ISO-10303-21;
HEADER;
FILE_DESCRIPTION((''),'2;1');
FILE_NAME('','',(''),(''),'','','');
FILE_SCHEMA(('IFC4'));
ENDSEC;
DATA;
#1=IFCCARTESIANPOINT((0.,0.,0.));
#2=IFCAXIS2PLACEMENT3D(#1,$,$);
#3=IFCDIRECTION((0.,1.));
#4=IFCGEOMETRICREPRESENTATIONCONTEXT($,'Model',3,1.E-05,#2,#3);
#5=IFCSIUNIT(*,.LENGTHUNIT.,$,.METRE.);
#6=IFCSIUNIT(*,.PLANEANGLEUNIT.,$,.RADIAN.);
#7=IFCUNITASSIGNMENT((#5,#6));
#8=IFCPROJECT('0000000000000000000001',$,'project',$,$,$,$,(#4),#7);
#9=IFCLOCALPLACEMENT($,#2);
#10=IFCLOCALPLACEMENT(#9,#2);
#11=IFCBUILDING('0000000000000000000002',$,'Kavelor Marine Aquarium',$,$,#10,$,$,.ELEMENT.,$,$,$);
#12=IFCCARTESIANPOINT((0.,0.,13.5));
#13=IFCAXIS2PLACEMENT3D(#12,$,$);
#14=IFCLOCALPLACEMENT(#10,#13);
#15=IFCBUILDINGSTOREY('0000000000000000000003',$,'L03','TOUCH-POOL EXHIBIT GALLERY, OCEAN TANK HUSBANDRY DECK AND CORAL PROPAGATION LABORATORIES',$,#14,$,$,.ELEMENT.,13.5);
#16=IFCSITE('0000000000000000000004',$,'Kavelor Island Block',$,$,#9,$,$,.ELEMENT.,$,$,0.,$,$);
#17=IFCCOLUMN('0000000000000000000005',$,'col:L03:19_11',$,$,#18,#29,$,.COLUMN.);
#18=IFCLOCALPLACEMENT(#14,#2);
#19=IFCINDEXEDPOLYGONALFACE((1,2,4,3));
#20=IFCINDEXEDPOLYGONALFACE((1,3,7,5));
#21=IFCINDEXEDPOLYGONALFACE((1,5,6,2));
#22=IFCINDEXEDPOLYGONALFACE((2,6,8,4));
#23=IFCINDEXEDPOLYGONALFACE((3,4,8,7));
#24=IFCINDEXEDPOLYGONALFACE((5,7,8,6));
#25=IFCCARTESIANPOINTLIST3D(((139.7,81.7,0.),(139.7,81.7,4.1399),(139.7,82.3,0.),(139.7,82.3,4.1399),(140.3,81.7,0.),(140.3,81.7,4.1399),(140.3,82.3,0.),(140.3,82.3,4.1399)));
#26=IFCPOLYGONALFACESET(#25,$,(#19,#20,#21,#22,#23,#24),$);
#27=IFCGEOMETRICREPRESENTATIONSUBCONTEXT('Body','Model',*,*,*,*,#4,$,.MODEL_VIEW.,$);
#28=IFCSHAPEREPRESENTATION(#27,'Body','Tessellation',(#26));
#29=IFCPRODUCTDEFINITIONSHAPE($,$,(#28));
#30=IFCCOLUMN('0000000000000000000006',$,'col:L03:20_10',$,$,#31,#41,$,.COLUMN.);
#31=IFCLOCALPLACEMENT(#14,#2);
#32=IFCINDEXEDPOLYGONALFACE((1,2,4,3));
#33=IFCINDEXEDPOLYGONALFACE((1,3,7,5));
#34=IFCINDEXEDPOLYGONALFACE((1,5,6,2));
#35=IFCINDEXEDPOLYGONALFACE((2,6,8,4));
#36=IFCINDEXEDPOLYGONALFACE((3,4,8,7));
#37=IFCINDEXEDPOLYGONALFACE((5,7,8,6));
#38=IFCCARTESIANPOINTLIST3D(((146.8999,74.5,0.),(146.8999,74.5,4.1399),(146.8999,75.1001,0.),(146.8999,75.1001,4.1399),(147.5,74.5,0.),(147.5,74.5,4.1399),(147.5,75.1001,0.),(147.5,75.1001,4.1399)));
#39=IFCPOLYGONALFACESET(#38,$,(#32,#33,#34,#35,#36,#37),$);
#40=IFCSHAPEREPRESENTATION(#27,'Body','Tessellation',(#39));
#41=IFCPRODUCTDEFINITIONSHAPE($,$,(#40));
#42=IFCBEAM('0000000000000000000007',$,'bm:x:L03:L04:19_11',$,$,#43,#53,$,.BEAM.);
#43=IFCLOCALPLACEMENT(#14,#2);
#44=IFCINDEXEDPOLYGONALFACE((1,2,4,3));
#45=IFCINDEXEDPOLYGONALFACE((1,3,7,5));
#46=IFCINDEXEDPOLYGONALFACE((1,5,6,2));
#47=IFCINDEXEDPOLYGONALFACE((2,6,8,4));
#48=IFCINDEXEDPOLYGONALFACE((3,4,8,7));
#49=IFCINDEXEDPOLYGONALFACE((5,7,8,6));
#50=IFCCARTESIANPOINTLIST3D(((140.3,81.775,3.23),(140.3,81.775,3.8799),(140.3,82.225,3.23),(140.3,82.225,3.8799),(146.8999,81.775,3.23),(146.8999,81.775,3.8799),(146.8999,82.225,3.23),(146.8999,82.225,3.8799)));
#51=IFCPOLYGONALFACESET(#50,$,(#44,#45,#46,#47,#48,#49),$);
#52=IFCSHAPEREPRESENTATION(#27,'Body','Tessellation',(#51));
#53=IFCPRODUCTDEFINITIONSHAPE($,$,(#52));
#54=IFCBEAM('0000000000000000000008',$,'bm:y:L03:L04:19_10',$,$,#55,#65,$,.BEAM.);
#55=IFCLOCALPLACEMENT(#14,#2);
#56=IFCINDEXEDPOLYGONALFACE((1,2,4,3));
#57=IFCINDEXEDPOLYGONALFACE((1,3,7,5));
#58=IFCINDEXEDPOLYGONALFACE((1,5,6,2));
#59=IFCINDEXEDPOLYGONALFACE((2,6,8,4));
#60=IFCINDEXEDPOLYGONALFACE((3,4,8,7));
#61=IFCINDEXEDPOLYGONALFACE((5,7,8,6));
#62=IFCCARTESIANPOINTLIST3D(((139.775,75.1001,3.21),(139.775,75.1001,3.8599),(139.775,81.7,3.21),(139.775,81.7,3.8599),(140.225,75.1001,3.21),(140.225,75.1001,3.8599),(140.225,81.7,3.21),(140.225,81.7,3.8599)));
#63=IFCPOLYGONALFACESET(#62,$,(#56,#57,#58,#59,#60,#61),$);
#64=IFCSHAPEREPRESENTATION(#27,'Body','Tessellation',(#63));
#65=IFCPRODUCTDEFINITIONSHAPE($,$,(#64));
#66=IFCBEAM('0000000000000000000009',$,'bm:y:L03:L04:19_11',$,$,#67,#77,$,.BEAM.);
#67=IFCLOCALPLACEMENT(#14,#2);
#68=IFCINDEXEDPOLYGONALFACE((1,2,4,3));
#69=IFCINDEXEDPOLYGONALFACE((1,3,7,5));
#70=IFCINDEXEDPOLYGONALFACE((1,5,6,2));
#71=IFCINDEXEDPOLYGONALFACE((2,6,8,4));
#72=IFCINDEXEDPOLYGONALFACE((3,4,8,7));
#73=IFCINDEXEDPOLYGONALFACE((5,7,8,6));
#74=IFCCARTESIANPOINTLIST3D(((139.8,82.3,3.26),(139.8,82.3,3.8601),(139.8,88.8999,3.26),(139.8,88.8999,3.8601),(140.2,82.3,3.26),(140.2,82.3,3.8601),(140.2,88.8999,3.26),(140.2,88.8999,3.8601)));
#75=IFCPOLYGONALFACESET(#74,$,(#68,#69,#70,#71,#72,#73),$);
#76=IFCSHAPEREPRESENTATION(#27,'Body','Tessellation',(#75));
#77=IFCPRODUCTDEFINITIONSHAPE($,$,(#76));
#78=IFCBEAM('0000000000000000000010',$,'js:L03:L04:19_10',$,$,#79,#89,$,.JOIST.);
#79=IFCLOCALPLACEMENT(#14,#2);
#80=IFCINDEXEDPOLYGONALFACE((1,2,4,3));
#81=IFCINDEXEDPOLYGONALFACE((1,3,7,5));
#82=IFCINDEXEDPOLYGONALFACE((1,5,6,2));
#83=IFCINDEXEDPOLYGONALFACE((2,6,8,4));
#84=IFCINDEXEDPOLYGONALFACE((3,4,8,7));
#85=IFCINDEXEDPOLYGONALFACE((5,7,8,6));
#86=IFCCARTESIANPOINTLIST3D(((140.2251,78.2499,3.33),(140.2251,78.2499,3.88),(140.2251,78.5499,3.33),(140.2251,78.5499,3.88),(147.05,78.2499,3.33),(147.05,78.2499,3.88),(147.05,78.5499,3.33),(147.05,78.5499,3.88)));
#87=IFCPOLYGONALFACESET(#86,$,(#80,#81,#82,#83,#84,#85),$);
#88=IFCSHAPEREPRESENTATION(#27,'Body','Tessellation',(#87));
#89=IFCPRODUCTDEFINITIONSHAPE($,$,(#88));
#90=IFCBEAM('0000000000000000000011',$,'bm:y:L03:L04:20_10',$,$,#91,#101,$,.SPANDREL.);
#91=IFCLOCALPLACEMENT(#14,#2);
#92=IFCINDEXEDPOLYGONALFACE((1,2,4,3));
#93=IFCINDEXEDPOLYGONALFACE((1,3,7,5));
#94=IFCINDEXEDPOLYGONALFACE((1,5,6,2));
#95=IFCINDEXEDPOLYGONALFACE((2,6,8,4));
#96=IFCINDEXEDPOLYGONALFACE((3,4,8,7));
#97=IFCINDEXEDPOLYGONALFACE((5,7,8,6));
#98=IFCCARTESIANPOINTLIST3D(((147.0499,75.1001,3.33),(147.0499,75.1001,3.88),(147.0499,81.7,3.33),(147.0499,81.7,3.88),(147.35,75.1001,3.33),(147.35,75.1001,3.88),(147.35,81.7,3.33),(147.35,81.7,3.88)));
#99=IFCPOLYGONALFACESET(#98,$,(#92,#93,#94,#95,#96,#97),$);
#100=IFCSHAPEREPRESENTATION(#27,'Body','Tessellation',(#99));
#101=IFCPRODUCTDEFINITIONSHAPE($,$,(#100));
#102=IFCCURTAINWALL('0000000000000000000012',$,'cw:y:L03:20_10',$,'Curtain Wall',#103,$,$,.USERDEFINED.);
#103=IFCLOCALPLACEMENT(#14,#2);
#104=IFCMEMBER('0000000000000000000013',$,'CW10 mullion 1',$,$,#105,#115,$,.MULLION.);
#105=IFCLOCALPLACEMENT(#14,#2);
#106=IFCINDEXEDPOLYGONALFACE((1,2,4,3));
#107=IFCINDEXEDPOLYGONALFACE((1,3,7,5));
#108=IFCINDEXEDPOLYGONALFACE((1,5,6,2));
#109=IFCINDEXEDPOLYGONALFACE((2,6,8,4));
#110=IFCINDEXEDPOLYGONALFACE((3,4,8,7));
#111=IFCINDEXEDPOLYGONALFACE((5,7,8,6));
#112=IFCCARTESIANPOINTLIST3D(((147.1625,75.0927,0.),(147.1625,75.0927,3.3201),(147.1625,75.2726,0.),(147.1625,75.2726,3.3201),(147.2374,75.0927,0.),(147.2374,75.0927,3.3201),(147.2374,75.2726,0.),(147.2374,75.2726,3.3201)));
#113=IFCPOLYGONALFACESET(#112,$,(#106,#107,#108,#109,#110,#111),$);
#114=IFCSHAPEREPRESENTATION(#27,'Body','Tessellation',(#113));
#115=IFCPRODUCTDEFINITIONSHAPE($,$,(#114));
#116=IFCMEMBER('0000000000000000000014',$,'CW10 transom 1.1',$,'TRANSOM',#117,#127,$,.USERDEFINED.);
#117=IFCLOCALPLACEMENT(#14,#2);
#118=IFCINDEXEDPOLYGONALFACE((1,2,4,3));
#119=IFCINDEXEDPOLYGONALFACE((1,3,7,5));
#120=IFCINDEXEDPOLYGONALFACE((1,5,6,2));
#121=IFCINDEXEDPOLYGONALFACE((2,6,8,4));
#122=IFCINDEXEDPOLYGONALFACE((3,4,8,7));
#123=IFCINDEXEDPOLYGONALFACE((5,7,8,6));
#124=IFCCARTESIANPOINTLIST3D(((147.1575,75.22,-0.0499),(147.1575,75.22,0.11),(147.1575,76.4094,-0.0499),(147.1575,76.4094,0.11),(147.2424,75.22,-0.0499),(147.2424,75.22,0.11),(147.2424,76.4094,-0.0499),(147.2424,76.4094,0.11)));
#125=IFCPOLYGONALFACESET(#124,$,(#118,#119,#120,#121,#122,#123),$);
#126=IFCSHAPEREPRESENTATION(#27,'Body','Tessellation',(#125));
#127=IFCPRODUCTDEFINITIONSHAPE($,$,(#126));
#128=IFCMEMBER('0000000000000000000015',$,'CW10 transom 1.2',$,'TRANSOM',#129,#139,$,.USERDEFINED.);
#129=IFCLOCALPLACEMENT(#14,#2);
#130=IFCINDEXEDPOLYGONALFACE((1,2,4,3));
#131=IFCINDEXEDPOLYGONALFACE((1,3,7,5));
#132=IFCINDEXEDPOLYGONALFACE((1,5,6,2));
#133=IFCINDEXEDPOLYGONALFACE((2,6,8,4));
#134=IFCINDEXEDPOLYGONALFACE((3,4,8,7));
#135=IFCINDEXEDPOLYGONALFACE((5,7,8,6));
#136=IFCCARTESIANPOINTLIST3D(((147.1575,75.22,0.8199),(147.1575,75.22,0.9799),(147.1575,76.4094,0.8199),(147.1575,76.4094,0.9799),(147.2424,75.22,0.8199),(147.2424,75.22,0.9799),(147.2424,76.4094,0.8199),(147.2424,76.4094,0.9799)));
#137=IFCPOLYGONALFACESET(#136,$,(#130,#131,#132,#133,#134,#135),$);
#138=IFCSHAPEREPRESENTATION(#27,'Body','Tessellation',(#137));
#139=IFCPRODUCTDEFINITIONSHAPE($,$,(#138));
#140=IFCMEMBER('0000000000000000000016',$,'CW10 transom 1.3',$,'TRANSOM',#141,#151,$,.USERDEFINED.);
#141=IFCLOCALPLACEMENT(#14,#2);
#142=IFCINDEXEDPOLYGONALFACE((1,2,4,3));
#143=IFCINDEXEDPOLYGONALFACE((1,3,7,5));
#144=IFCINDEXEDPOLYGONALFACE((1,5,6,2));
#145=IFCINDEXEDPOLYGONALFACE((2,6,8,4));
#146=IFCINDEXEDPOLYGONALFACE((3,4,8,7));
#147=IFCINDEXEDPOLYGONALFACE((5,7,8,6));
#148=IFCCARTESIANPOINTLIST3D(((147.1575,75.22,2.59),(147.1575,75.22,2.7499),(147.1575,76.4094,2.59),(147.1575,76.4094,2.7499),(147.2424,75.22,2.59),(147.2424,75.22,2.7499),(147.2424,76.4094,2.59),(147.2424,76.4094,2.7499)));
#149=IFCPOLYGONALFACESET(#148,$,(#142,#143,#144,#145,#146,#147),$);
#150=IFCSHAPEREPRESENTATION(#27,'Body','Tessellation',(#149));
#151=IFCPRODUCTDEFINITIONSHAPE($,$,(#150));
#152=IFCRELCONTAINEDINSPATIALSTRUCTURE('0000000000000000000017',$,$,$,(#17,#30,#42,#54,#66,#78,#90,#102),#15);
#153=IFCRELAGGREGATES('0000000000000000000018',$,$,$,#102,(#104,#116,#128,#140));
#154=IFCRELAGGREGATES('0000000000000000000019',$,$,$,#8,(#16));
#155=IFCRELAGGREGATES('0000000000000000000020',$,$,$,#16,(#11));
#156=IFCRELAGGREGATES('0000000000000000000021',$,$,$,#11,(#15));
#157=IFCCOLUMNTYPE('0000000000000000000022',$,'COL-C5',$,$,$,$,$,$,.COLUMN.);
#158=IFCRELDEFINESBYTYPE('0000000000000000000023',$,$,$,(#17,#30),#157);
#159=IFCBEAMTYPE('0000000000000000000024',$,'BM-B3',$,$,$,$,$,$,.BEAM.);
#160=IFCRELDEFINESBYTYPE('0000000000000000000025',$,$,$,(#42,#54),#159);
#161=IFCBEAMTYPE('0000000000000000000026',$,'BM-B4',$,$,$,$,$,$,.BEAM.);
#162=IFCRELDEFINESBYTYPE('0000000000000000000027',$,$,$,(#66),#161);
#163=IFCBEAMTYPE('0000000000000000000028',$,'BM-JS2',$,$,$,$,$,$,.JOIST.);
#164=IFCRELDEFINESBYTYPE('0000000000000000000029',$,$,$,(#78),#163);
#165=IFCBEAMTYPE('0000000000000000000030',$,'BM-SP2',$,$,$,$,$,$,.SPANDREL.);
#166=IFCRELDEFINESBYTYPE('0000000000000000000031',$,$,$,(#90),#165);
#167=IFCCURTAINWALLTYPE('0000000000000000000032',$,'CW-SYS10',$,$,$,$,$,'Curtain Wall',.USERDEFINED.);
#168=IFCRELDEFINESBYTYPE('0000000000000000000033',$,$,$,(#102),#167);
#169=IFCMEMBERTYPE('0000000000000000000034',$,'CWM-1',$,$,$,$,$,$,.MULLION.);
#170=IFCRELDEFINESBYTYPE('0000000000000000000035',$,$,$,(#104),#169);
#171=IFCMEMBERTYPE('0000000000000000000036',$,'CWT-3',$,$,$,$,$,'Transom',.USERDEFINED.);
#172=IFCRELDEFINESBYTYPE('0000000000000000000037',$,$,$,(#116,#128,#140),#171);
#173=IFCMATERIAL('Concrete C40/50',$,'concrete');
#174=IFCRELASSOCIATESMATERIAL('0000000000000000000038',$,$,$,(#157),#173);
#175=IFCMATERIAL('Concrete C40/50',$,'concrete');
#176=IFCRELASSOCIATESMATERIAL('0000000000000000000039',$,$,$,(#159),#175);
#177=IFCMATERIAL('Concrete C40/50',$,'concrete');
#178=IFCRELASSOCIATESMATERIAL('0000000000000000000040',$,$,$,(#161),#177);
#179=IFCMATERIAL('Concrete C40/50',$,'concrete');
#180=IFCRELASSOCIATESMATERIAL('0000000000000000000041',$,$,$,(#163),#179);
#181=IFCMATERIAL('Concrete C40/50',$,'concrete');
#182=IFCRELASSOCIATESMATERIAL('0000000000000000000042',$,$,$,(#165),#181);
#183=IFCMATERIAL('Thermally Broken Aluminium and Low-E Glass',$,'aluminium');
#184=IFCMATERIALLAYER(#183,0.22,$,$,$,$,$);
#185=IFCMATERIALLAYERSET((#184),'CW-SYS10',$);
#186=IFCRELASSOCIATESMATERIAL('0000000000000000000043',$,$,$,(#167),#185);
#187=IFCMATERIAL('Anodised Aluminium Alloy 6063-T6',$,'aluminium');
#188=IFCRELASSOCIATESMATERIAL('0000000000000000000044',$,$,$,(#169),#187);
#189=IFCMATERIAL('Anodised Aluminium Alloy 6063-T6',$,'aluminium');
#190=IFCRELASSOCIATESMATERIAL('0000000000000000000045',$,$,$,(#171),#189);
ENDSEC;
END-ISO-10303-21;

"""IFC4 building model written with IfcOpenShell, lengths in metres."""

from ifc_helpers import new_model, si_unit, direction, frame, origin, origin_2d, place, context, subcontext, project, spatial, rectangle, extrude, material, layer, layer_set, material_profile, profile_set, type_object, element, aggregate, save


model = new_model("IFC4")

# Units and contexts
model_context = context("Model", 3, precision=1e-05, world=origin(), true_north=direction((0.0, 1.0)))
body_context = subcontext(model_context, "Body", "Model", "MODEL_VIEW")
ifc_project = project(units=[si_unit("LENGTHUNIT", "METRE"), si_unit("PLANEANGLEUNIT", "RADIAN")], contexts=[model_context])

# Site, building, storey
site_placement = place(None, origin())
site = spatial("IfcSite", under=ifc_project, at=site_placement, Name="Kavelor Island Block", CompositionType="ELEMENT", RefElevation=0.0)
building_placement = place(site_placement, origin())
building = spatial("IfcBuilding", under=site, at=building_placement, Name="Kavelor Marine Aquarium", CompositionType="ELEMENT")
storey_placement = place(building_placement, frame((0.0, 0.0, 13.5)))
storey = spatial("IfcBuildingStorey", under=building, at=storey_placement, Name="L03", Description="TOUCH-POOL EXHIBIT GALLERY, OCEAN TANK HUSBANDRY DECK AND CORAL PROPAGATION LABORATORIES", CompositionType="ELEMENT", Elevation=13.5)

# Columns
ifc_material_1 = material(Name="Concrete C40/50", Category="concrete")
ifc_material_profile_1 = material_profile(ifc_material_1, rectangle(XDim=0.6001, YDim=0.6001, at=origin_2d()), Name="RC-COL 600x600")
ifc_profile_set_1 = profile_set([ifc_material_profile_1], Name="Concrete C40/50")
column_type = type_object("IfcColumnType", Name="COL-C5", PredefinedType="COLUMN", material=ifc_profile_set_1)
for number, where, z_axis, x_axis, name in (
    (1, (140.0, 82.0, 0.0), (0.0, 0.0, 1.0), (1.0, 0.0, 0.0), "col:L03:19_11"),
    (2, (147.2, 74.8, 0.0), (0.0, 0.0, 1.0), (1.0, 0.0, 0.0), "col:L03:20_10"),
):
    element("IfcColumn", number, at=place(storey_placement, frame(where, z_axis=z_axis, x_axis=x_axis)), inside=storey, type_object=column_type, Name=name, PredefinedType="COLUMN", context=body_context, shape_type="SweptSolid", body=[
        extrude(rectangle(XDim=0.6001, YDim=0.6001, at=origin_2d()), origin(), (0.0, 0.0, 1.0), 4.1399),
    ])

# Beams
ifc_material_2 = material(Name="Concrete C40/50", Category="concrete")
ifc_material_profile_2 = material_profile(ifc_material_2, rectangle(XDim=0.45, YDim=0.6499, at=origin_2d()), Name="RC-BM 450x650")
ifc_profile_set_2 = profile_set([ifc_material_profile_2], Name="Concrete C40/50")
beam_type_1 = type_object("IfcBeamType", Name="BM-B3", PredefinedType="BEAM", material=ifc_profile_set_2)
for number, where, z_axis, x_axis, name in (
    (3, (140.3, 82.0, 3.5549), (1.0, 0.0, 0.0), (0.0, 1.0, 0.0), "bm:x:L03:L04:19_11"),
    (4, (140.0, 75.1001, 3.5349), (0.0, 1.0, 0.0), (-1.0, 0.0, 0.0), "bm:y:L03:L04:19_10"),
):
    element("IfcBeam", number, at=place(storey_placement, frame(where, z_axis=z_axis, x_axis=x_axis)), inside=storey, type_object=beam_type_1, Name=name, PredefinedType="BEAM", context=body_context, shape_type="SweptSolid", body=[
        extrude(rectangle(XDim=0.45, YDim=0.6499, at=origin_2d()), origin(), (0.0, 0.0, 1.0), 6.5999),
    ])
ifc_material_3 = material(Name="Concrete C40/50", Category="concrete")
ifc_material_profile_3 = material_profile(ifc_material_3, rectangle(XDim=0.3999, YDim=0.6001, at=origin_2d()), Name="RC-BM 400x600")
ifc_profile_set_3 = profile_set([ifc_material_profile_3], Name="Concrete C40/50")
beam_type_2 = type_object("IfcBeamType", Name="BM-B4", PredefinedType="BEAM", material=ifc_profile_set_3)
beam_1_placement = place(storey_placement, frame((140.0, 82.3, 3.5601), z_axis=(0.0, 1.0, 0.0), x_axis=(-1.0, 0.0, 0.0)))
element("IfcBeam", 5, at=beam_1_placement, inside=storey, type_object=beam_type_2, Name="bm:y:L03:L04:19_11", PredefinedType="BEAM", context=body_context, shape_type="SweptSolid", body=[
    extrude(rectangle(XDim=0.3999, YDim=0.6001, at=origin_2d()), origin(), (0.0, 0.0, 1.0), 6.5999),
])
ifc_material_4 = material(Name="Concrete C40/50", Category="concrete")
ifc_material_profile_4 = material_profile(ifc_material_4, rectangle(XDim=0.3, YDim=0.55, at=origin_2d()), Name="RC-JS 300x550")
ifc_profile_set_4 = profile_set([ifc_material_profile_4], Name="Concrete C40/50")
beam_type_3 = type_object("IfcBeamType", Name="BM-JS2", PredefinedType="JOIST", material=ifc_profile_set_4)
beam_2_placement = place(storey_placement, frame((140.2251, 78.3999, 3.605), z_axis=(1.0, 0.0, 0.0), x_axis=(0.0, 1.0, 0.0)))
element("IfcBeam", 6, at=beam_2_placement, inside=storey, type_object=beam_type_3, Name="js:L03:L04:19_10", PredefinedType="JOIST", context=body_context, shape_type="SweptSolid", body=[
    extrude(rectangle(XDim=0.3, YDim=0.55, at=origin_2d()), origin(), (0.0, 0.0, 1.0), 6.825),
])
ifc_material_5 = material(Name="Concrete C40/50", Category="concrete")
ifc_material_profile_5 = material_profile(ifc_material_5, rectangle(XDim=0.3, YDim=0.55, at=origin_2d()), Name="RC-SP 300x550")
ifc_profile_set_5 = profile_set([ifc_material_profile_5], Name="Concrete C40/50")
beam_type_4 = type_object("IfcBeamType", Name="BM-SP2", PredefinedType="SPANDREL", material=ifc_profile_set_5)
beam_3_placement = place(storey_placement, frame((147.2, 75.1001, 3.605), z_axis=(0.0, 1.0, 0.0), x_axis=(-1.0, 0.0, 0.0)))
element("IfcBeam", 7, at=beam_3_placement, inside=storey, type_object=beam_type_4, Name="bm:y:L03:L04:20_10", PredefinedType="SPANDREL", context=body_context, shape_type="SweptSolid", body=[
    extrude(rectangle(XDim=0.3, YDim=0.55, at=origin_2d()), origin(), (0.0, 0.0, 1.0), 6.5999),
])

# Curtain wall, members
ifc_material_6 = material(Name="Thermally Broken Aluminium and Low-E Glass", Category="aluminium")
ifc_layer_1 = layer(ifc_material_6, 0.22)
ifc_layer_set_1 = layer_set([ifc_layer_1], Name="CW-SYS10")
curtain_wall_type = type_object("IfcCurtainWallType", Name="CW-SYS10", ElementType="Curtain Wall", PredefinedType="USERDEFINED", material=ifc_layer_set_1)
curtain_wall_placement = place(storey_placement, origin())
curtain_wall = element("IfcCurtainWall", 8, at=curtain_wall_placement, inside=storey, type_object=curtain_wall_type, Name="cw:y:L03:20_10", ObjectType="Curtain Wall", PredefinedType="USERDEFINED")
ifc_material_7 = material(Name="Anodised Aluminium Alloy 6063-T6", Category="aluminium")
ifc_material_profile_6 = material_profile(ifc_material_7, rectangle(XDim=0.075, YDim=0.1799, at=origin_2d()), Name="CW-MUL 75x180")
ifc_profile_set_6 = profile_set([ifc_material_profile_6], Name="Anodised Aluminium Alloy 6063-T6")
member_type_1 = type_object("IfcMemberType", Name="CWM-1", PredefinedType="MULLION", material=ifc_profile_set_6)
member_1_placement = place(storey_placement, frame((147.2, 75.1826, 0.0), z_axis=(0.0, 0.0, 1.0), x_axis=(-1.0, 0.0, 0.0)))
member_1 = element("IfcMember", 9, at=member_1_placement, type_object=member_type_1, Name="CW10 mullion 1", PredefinedType="MULLION", context=body_context, shape_type="SweptSolid", body=[
    extrude(rectangle(XDim=0.075, YDim=0.1799, at=origin_2d()), origin(), (0.0, 0.0, 1.0), 3.3201),
])
ifc_material_8 = material(Name="Anodised Aluminium Alloy 6063-T6", Category="aluminium")
ifc_material_profile_7 = material_profile(ifc_material_8, rectangle(XDim=0.085, YDim=0.1599, at=origin_2d()), Name="CW-TRN 85x160")
ifc_profile_set_7 = profile_set([ifc_material_profile_7], Name="Anodised Aluminium Alloy 6063-T6")
member_type_2 = type_object("IfcMemberType", Name="CWT-3", ElementType="Transom", PredefinedType="USERDEFINED", material=ifc_profile_set_7)
member_2_placement = place(storey_placement, frame((147.2, 75.22, 0.03), z_axis=(0.0, 1.0, 0.0), x_axis=(-1.0, 0.0, 0.0)))
member_2 = element("IfcMember", 10, at=member_2_placement, type_object=member_type_2, Name="CW10 transom 1.1", ObjectType="TRANSOM", PredefinedType="USERDEFINED", context=body_context, shape_type="SweptSolid", body=[
    extrude(rectangle(XDim=0.085, YDim=0.1599, at=origin_2d()), origin(), (0.0, 0.0, 1.0), 1.1895),
])
member_3_placement = place(storey_placement, frame((147.2, 75.22, 0.8999), z_axis=(0.0, 1.0, 0.0), x_axis=(-1.0, 0.0, 0.0)))
member_3 = element("IfcMember", 11, at=member_3_placement, type_object=member_type_2, Name="CW10 transom 1.2", ObjectType="TRANSOM", PredefinedType="USERDEFINED", context=body_context, shape_type="SweptSolid", body=[
    extrude(rectangle(XDim=0.085, YDim=0.1599, at=origin_2d()), origin(), (0.0, 0.0, 1.0), 1.1895),
])
member_4_placement = place(storey_placement, frame((147.2, 75.22, 2.6699), z_axis=(0.0, 1.0, 0.0), x_axis=(-1.0, 0.0, 0.0)))
member_4 = element("IfcMember", 12, at=member_4_placement, type_object=member_type_2, Name="CW10 transom 1.3", ObjectType="TRANSOM", PredefinedType="USERDEFINED", context=body_context, shape_type="SweptSolid", body=[
    extrude(rectangle(XDim=0.085, YDim=0.1599, at=origin_2d()), origin(), (0.0, 0.0, 1.0), 1.1895),
])
aggregate(curtain_wall, [member_1, member_2, member_3, member_4])

save(model, "model.ifc")
